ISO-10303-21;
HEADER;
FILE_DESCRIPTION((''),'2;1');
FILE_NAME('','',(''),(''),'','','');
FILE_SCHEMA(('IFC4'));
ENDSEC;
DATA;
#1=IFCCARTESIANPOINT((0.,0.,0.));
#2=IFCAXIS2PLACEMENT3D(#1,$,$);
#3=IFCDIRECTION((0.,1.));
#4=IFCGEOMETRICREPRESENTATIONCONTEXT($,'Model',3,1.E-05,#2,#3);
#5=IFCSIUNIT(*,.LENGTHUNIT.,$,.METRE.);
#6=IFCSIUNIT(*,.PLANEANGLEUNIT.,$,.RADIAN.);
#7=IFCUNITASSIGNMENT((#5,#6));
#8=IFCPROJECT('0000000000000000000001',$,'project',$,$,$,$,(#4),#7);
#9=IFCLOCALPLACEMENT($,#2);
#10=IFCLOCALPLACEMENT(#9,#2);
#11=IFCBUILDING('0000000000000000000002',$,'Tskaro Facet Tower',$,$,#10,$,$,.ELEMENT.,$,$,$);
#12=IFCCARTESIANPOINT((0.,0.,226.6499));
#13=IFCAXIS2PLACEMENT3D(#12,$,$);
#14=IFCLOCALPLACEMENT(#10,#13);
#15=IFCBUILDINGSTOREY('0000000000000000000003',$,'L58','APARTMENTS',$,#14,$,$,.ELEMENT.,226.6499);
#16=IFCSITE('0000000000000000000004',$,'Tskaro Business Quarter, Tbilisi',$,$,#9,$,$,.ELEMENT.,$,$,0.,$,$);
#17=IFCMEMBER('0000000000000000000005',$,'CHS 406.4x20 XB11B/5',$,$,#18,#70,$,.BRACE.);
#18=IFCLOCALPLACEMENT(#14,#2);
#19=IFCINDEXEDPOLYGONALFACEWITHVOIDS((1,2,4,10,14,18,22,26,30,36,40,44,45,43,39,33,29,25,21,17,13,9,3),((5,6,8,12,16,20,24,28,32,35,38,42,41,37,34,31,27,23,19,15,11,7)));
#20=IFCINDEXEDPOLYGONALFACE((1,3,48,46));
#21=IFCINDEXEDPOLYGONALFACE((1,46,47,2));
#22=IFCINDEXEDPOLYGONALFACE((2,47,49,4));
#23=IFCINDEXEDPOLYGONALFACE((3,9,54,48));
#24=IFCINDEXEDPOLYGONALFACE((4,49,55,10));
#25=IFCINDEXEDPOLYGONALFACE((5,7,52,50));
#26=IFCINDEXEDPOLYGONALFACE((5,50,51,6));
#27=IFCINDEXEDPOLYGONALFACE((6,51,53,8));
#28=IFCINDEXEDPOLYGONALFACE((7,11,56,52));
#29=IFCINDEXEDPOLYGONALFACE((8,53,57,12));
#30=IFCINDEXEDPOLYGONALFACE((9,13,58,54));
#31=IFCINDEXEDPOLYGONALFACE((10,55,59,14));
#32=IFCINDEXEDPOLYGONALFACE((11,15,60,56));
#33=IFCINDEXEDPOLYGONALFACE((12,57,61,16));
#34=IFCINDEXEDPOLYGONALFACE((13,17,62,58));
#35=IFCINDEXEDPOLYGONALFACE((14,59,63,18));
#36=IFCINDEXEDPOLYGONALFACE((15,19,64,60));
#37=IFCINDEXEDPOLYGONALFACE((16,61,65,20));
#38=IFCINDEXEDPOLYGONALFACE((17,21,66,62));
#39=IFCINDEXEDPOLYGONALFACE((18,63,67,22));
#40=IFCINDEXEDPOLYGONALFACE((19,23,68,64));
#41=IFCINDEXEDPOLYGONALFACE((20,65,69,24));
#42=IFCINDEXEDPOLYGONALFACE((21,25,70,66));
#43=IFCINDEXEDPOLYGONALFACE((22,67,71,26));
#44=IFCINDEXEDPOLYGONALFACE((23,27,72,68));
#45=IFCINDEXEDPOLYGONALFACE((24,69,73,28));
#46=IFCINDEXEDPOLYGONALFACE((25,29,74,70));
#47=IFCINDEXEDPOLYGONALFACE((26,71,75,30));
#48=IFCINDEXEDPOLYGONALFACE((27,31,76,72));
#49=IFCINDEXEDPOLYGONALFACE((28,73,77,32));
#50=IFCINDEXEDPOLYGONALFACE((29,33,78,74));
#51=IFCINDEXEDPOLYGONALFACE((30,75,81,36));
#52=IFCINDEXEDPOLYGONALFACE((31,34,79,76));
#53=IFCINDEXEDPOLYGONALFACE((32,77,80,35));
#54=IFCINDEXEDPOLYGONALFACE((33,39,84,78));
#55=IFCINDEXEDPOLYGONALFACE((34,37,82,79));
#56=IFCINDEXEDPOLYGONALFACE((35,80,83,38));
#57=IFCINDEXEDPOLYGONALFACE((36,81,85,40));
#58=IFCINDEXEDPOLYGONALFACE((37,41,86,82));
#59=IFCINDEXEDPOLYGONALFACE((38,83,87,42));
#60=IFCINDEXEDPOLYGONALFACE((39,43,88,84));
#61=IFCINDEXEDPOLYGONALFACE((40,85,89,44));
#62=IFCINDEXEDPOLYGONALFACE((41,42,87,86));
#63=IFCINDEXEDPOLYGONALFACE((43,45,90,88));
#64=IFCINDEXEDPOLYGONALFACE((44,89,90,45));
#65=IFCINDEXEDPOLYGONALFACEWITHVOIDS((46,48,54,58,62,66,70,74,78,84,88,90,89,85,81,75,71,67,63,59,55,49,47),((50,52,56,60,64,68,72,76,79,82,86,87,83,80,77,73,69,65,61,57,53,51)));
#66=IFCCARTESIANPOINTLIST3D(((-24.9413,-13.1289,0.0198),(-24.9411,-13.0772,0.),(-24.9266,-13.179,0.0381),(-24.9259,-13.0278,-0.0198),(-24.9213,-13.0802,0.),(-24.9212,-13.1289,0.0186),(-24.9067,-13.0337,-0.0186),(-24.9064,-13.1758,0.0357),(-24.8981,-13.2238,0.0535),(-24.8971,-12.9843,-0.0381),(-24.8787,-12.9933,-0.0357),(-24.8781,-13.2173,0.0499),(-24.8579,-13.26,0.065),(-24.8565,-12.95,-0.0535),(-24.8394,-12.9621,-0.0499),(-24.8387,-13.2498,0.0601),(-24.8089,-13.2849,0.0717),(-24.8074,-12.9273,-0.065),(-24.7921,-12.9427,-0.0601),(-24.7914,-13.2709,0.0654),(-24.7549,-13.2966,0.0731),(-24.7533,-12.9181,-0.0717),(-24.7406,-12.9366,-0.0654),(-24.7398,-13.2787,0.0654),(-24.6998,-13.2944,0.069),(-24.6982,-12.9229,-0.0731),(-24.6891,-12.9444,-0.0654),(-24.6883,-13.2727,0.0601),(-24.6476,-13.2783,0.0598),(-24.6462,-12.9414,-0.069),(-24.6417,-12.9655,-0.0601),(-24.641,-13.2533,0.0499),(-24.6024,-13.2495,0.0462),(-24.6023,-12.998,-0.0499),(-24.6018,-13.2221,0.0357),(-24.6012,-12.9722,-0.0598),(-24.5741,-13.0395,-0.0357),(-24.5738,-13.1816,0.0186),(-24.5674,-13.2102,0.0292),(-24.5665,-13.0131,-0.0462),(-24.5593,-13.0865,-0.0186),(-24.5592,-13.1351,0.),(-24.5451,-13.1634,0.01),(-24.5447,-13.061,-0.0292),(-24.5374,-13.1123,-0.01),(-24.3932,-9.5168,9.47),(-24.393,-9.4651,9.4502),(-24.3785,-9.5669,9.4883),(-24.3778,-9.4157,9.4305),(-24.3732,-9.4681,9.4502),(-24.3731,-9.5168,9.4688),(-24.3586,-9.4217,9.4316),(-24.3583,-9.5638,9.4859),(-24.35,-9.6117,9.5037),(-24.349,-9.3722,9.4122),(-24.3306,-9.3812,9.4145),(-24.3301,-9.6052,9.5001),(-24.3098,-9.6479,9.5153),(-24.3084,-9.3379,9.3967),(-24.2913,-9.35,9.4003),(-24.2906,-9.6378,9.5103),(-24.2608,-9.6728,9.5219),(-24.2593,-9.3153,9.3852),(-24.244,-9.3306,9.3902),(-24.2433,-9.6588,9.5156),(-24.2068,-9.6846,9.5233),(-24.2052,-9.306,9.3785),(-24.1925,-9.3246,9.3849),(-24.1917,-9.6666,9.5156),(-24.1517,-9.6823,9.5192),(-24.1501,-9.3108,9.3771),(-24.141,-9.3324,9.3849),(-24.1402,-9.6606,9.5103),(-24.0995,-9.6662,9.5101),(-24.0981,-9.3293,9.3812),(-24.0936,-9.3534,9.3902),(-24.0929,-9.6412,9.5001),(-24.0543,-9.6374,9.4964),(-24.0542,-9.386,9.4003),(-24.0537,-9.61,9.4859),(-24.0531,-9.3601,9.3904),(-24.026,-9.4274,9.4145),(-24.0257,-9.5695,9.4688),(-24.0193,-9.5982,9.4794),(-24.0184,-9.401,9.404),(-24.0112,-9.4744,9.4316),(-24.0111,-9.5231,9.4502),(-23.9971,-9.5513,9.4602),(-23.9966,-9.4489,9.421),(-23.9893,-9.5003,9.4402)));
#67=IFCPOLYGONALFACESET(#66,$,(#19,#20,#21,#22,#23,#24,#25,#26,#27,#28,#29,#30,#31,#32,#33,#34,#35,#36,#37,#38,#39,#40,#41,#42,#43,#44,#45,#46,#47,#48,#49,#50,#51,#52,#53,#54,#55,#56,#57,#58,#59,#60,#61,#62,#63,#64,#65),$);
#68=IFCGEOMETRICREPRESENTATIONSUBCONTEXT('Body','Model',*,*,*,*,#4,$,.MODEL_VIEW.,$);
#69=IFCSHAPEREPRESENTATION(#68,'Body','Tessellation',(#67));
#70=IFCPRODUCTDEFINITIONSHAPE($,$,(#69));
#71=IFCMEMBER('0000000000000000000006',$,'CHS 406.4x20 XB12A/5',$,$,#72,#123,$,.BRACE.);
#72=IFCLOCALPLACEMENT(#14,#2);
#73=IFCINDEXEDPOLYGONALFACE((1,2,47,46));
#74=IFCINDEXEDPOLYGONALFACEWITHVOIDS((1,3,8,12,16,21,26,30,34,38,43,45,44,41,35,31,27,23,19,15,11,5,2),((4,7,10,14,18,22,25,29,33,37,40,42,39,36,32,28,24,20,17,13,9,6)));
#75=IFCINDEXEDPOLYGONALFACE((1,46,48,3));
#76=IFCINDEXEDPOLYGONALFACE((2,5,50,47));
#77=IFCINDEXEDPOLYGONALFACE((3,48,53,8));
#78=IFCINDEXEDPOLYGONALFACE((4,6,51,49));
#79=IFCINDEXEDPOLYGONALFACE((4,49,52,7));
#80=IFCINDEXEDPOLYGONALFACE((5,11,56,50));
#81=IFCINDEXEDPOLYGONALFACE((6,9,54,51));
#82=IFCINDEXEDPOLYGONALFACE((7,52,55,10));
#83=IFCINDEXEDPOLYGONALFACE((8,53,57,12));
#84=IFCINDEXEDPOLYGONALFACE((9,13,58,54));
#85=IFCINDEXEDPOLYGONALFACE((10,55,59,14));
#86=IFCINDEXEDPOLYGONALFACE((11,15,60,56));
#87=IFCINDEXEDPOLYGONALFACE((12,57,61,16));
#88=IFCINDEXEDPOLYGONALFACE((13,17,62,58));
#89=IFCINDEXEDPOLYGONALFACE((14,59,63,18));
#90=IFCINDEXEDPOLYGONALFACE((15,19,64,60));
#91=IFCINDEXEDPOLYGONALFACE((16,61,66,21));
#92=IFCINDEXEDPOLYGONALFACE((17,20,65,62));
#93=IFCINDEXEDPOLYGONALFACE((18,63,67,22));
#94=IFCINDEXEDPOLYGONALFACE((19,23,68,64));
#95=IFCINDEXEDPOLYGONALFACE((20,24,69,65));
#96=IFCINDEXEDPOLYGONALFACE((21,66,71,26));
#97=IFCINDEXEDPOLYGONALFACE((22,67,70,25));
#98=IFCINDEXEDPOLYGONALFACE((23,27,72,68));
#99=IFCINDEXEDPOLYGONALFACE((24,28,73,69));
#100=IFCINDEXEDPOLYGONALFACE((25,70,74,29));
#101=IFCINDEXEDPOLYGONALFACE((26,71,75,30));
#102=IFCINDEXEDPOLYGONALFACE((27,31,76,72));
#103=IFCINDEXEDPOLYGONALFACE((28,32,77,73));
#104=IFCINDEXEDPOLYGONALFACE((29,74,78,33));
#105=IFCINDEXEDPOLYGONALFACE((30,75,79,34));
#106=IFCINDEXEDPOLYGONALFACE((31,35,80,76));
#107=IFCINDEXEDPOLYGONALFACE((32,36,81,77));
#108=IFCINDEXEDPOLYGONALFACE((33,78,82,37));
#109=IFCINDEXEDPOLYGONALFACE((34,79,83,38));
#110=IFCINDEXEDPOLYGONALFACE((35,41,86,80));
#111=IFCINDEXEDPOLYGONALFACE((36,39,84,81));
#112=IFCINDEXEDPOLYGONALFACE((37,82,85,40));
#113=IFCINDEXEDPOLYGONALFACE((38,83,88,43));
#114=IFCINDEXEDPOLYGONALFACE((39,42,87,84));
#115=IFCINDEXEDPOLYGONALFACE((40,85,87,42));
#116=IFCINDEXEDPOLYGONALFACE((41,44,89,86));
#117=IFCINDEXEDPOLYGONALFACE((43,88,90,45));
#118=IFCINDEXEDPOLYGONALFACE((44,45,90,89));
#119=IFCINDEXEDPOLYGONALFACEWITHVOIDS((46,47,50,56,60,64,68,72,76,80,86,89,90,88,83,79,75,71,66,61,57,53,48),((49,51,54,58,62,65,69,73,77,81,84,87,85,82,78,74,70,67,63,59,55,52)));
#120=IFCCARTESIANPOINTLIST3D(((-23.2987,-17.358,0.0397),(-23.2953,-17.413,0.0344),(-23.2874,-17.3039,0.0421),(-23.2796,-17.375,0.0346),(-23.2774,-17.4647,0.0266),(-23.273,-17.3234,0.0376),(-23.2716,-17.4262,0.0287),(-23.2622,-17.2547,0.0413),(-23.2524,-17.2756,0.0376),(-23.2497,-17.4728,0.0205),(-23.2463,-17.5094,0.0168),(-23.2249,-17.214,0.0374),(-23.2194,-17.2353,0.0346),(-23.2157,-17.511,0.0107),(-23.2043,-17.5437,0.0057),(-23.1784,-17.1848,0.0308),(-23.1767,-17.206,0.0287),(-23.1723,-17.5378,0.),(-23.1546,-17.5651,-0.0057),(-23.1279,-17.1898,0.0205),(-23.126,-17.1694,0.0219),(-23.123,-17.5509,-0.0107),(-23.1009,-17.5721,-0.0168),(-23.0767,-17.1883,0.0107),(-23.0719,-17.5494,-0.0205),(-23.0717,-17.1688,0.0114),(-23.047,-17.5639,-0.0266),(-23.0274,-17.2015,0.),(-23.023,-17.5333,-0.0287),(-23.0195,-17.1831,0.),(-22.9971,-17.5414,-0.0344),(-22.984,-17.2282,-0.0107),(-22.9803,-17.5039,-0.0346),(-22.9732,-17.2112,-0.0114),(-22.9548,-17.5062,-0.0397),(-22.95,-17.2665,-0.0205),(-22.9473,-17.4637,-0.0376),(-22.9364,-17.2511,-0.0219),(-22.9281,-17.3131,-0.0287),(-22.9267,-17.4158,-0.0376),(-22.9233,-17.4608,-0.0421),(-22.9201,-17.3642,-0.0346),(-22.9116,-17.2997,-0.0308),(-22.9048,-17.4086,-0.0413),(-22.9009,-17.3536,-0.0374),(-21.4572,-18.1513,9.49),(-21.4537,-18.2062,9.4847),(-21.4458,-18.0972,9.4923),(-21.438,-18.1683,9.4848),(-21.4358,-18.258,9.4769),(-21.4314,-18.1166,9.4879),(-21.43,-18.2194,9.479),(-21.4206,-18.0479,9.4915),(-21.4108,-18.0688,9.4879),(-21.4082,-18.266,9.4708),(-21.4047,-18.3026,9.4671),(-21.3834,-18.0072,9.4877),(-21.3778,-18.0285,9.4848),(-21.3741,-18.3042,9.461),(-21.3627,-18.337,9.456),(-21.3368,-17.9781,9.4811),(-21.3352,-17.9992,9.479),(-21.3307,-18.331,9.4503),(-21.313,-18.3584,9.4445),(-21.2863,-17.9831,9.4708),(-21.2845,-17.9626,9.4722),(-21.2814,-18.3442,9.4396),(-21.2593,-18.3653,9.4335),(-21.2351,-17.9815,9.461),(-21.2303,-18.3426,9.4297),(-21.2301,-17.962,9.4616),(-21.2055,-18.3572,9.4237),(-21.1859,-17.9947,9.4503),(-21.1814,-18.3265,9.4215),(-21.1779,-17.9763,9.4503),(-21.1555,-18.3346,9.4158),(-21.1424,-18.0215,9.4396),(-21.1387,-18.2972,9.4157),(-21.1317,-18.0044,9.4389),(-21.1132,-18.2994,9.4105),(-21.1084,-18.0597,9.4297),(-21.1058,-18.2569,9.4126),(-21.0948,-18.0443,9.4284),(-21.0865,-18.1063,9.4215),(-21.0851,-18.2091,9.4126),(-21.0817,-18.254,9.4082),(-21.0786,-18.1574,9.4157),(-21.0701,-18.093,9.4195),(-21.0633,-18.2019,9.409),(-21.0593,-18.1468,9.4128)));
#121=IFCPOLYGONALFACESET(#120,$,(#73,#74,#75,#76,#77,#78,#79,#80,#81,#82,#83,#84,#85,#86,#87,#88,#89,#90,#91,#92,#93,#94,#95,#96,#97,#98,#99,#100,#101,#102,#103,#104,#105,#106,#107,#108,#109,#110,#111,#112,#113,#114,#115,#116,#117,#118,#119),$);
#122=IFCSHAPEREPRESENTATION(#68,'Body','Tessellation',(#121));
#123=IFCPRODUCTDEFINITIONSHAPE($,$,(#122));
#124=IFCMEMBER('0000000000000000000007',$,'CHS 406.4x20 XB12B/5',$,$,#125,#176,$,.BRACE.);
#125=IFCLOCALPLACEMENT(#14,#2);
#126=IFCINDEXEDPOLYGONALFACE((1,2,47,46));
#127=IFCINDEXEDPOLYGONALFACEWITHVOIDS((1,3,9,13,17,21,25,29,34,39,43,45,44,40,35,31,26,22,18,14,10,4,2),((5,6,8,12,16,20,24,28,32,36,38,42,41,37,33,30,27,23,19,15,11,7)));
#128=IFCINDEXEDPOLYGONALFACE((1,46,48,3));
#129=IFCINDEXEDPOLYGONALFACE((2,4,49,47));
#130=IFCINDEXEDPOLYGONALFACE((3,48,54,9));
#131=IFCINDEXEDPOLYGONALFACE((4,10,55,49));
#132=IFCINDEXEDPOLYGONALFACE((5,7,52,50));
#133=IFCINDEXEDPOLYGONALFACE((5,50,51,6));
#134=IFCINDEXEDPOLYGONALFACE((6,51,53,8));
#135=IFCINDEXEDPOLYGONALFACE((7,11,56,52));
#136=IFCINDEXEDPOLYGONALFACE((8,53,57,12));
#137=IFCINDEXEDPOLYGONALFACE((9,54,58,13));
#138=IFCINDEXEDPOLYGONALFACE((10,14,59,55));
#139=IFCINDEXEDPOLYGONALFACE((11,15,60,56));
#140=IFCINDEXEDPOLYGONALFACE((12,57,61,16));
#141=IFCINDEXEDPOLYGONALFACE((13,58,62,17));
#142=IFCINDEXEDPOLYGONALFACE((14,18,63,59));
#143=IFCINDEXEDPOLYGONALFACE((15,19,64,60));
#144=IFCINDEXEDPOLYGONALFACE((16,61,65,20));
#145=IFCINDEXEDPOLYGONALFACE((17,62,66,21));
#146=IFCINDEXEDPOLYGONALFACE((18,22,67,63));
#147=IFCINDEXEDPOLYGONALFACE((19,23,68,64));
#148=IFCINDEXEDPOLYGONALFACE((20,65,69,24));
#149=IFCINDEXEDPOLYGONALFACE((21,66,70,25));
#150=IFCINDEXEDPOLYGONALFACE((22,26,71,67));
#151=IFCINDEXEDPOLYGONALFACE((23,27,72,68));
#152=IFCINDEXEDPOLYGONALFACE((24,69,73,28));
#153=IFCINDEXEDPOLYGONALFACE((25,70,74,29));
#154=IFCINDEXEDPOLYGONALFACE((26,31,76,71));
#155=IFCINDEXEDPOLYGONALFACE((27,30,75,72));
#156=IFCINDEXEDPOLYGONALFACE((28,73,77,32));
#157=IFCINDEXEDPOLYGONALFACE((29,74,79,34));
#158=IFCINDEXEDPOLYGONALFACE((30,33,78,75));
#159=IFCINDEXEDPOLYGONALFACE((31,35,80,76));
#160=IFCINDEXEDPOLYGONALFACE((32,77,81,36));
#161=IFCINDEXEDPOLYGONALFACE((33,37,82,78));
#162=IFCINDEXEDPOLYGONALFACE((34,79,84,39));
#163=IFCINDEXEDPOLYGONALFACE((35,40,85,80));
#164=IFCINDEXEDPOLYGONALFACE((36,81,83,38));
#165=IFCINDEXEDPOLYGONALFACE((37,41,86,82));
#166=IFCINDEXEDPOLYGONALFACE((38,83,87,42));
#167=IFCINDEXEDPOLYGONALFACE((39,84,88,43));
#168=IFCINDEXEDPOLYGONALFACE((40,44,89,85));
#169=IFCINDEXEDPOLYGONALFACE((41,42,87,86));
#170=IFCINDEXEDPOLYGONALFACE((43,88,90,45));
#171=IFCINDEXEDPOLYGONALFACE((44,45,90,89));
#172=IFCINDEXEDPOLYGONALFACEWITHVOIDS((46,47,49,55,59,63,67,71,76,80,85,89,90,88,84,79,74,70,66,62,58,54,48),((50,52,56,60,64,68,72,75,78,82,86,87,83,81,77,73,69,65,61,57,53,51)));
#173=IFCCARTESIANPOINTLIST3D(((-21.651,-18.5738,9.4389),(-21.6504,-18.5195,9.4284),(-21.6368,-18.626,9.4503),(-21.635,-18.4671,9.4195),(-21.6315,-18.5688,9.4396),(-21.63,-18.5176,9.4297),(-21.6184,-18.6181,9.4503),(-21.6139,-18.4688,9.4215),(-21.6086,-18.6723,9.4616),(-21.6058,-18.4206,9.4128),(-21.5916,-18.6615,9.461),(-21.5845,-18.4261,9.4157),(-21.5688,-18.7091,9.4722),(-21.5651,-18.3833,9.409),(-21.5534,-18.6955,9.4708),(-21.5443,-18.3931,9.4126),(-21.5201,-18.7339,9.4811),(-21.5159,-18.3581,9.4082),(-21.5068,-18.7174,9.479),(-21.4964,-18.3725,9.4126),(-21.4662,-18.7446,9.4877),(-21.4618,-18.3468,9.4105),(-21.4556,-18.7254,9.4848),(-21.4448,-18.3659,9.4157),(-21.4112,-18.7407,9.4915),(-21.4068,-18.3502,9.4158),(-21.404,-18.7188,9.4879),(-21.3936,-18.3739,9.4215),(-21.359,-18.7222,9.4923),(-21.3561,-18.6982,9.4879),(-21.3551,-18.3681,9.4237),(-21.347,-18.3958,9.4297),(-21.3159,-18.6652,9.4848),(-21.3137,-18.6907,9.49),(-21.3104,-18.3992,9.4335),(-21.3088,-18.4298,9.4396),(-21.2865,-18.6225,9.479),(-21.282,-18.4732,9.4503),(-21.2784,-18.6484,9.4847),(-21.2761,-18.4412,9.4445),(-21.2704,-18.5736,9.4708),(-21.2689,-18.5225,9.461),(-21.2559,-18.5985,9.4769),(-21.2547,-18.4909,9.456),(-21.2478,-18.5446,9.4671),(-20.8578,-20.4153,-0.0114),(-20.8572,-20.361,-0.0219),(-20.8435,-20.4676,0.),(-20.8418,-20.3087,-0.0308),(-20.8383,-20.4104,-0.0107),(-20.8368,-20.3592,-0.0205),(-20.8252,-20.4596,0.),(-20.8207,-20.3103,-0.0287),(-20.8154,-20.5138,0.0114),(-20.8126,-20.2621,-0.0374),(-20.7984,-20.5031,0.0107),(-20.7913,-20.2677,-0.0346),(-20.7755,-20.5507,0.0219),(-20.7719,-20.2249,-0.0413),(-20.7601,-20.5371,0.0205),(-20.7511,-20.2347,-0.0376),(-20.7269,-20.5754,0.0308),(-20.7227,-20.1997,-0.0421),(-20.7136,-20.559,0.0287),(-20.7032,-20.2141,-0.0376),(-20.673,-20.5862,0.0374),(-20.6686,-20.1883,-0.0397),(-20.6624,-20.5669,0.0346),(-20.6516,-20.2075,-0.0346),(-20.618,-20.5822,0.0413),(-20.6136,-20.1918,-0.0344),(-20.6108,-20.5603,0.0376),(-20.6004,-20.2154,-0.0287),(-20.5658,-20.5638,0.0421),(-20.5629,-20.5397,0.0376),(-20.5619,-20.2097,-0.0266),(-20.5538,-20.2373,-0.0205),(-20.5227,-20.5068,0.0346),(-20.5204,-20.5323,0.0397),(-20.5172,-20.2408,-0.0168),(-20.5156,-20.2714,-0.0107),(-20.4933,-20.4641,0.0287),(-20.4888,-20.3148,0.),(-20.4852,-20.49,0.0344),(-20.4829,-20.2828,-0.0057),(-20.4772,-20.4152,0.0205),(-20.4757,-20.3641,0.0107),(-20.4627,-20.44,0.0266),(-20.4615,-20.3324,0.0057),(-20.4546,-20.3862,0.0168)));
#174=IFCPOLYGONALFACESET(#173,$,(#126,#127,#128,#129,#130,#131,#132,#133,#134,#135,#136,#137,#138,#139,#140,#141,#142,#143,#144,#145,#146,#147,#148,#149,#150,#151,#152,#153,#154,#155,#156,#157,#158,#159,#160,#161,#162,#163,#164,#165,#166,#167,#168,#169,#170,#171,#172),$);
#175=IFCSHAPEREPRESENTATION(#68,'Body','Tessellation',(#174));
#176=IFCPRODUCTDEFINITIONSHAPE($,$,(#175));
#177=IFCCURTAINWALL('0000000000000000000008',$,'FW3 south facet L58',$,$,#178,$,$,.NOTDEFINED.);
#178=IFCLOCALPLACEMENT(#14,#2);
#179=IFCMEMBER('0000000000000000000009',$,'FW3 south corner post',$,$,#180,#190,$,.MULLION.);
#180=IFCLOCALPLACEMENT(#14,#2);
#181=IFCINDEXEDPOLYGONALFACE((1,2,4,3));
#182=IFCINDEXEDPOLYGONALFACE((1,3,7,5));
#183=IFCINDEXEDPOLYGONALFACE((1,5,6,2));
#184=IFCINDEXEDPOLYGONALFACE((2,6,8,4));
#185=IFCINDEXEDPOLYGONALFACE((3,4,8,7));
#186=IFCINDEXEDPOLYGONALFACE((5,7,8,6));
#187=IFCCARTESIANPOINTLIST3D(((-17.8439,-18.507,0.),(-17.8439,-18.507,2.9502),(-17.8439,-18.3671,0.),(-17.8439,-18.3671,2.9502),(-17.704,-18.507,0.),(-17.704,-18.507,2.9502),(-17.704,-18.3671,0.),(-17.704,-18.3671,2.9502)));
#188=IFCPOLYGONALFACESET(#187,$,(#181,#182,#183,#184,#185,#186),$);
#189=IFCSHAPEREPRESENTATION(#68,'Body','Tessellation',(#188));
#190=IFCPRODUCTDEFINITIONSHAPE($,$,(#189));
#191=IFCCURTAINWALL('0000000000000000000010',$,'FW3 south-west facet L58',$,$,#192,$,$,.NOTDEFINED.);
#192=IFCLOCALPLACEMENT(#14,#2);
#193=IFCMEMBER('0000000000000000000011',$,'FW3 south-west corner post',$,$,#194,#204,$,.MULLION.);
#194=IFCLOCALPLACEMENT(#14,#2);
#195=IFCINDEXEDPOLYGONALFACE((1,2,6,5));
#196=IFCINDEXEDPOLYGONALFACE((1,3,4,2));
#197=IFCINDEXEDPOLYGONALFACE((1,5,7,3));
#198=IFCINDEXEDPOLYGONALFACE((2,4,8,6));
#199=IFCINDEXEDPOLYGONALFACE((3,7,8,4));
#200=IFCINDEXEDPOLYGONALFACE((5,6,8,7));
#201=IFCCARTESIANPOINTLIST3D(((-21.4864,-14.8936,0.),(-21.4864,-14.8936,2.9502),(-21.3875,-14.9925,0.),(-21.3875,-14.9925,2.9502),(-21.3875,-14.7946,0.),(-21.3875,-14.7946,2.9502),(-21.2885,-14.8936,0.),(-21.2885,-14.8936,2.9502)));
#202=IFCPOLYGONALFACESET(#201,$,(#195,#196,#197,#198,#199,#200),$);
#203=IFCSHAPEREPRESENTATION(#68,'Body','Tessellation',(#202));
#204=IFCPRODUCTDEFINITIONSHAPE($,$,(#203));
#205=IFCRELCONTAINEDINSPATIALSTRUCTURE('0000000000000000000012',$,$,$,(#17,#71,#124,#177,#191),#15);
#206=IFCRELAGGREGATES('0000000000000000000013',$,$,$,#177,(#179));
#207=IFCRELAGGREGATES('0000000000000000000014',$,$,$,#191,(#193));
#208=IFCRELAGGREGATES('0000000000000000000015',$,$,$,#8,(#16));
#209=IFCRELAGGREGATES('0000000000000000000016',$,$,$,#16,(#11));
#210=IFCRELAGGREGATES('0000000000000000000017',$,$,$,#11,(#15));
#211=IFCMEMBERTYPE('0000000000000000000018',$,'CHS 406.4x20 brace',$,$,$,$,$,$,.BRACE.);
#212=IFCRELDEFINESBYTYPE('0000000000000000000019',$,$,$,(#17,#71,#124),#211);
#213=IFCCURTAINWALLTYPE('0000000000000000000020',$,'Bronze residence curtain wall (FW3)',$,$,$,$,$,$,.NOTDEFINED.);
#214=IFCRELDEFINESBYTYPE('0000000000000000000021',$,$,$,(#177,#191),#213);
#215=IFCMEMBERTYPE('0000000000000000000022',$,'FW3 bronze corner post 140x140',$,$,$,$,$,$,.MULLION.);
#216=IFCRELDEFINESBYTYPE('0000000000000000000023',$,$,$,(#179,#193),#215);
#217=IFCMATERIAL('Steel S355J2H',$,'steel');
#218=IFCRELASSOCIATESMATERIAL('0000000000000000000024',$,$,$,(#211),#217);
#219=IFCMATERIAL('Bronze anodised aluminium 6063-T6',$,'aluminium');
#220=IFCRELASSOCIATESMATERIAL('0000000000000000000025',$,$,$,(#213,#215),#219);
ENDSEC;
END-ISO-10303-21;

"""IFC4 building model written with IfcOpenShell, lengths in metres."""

from ifc_helpers import new_model, si_unit, direction, frame, origin, origin_2d, place, context, subcontext, project, spatial, rectangle, hollow_circle, extrude, material, material_profile, profile_set, type_object, element, aggregate, save


model = new_model("IFC4")

# Units and contexts
model_context = context("Model", 3, precision=1e-05, world=origin(), true_north=direction((0.0, 1.0)))
body_context = subcontext(model_context, "Body", "Model", "MODEL_VIEW")
ifc_project = project(units=[si_unit("LENGTHUNIT", "METRE"), si_unit("PLANEANGLEUNIT", "RADIAN")], contexts=[model_context])

# Site, building, storey
site_placement = place(None, origin())
site = spatial("IfcSite", under=ifc_project, at=site_placement, Name="Tskaro Business Quarter, Tbilisi", CompositionType="ELEMENT", RefElevation=0.0)
building_placement = place(site_placement, origin())
building = spatial("IfcBuilding", under=site, at=building_placement, Name="Tskaro Facet Tower", CompositionType="ELEMENT")
storey_placement = place(building_placement, frame((0.0, 0.0, 226.6499)))
storey = spatial("IfcBuildingStorey", under=building, at=storey_placement, Name="L58", Description="APARTMENTS", CompositionType="ELEMENT", Elevation=226.6499)

# Shared definitions
ifc_material_1 = material(Name="Steel S355J2H", Category="steel")

# Members
ifc_material_profile_1 = material_profile(ifc_material_1, hollow_circle(Radius=0.2031, WallThickness=0.02, at=origin_2d()), Name="CHS 406.4x20")
ifc_profile_set_1 = profile_set([ifc_material_profile_1], Name="Steel S355J2H")
member_type_1 = type_object("IfcMemberType", Name="CHS 406.4x20 brace", PredefinedType="BRACE", material=ifc_profile_set_1)
member_1_placement = place(storey_placement, frame((-24.7402, -13.1077, 0.0), z_axis=(0.054097, 0.356507, 0.932725), x_axis=(-0.988682, 0.150023, 0.0)))
element("IfcMember", 1, at=member_1_placement, inside=storey, type_object=member_type_1, Name="CHS 406.4x20 XB11B/5", PredefinedType="BRACE", context=body_context, shape_type="SweptSolid", body=[
    extrude(hollow_circle(Radius=0.2031, WallThickness=0.02, at=origin_2d()), origin(), (0.0, 0.0, 1.0), 10.1318),
])
for number, where, z_axis, x_axis, name in (
    (2, (-23.0999, -17.3696, 0.0), (0.190626, -0.082108, 0.978223), (0.395594, 0.918426, 0.0), "CHS 406.4x20 XB12A/5"),
    (3, (-20.657, -20.3872, 0.0), (-0.082108, 0.190626, 0.978223), (-0.918426, -0.395594, 0.0), "CHS 406.4x20 XB12B/5"),
):
    element("IfcMember", number, at=place(storey_placement, frame(where, z_axis=z_axis, x_axis=x_axis)), inside=storey, type_object=member_type_1, Name=name, PredefinedType="BRACE", context=body_context, shape_type="SweptSolid", body=[
        extrude(hollow_circle(Radius=0.2031, WallThickness=0.02, at=origin_2d()), origin(), (0.0, 0.0, 1.0), 9.6606),
    ])

# Curtain walls, members
ifc_material_2 = material(Name="Bronze anodised aluminium 6063-T6", Category="aluminium")
curtain_wall_type = type_object("IfcCurtainWallType", Name="Bronze residence curtain wall (FW3)", PredefinedType="NOTDEFINED", material=ifc_material_2)
curtain_wall_1_placement = place(storey_placement, origin())
curtain_wall_1 = element("IfcCurtainWall", 4, at=curtain_wall_1_placement, inside=storey, type_object=curtain_wall_type, Name="FW3 south facet L58", PredefinedType="NOTDEFINED")
ifc_material_profile_2 = material_profile(ifc_material_2, rectangle(XDim=0.1399, YDim=0.1399, at=origin_2d()), Name="Corner post 140x140")
ifc_profile_set_2 = profile_set([ifc_material_profile_2], Name="Bronze anodised aluminium 6063-T6")
member_type_2 = type_object("IfcMemberType", Name="FW3 bronze corner post 140x140", PredefinedType="MULLION", material=ifc_profile_set_2)
member_2_placement = place(storey_placement, frame((-17.7739, -18.437, 0.0), z_axis=(0.0, 0.0, 1.0), x_axis=(1.0, 0.0, 0.0)))
member_2 = element("IfcMember", 5, at=member_2_placement, type_object=member_type_2, Name="FW3 south corner post", PredefinedType="MULLION", context=body_context, shape_type="SweptSolid", body=[
    extrude(rectangle(XDim=0.1399, YDim=0.1399, at=origin_2d()), origin(), (0.0, 0.0, 1.0), 2.9502),
])
curtain_wall_2_placement = place(storey_placement, origin())
curtain_wall_2 = element("IfcCurtainWall", 6, at=curtain_wall_2_placement, inside=storey, type_object=curtain_wall_type, Name="FW3 south-west facet L58", PredefinedType="NOTDEFINED")
member_3_placement = place(storey_placement, frame((-21.3875, -14.8936, 0.0), z_axis=(0.0, 0.0, 1.0), x_axis=(0.707107, -0.707107, 0.0)))
member_3 = element("IfcMember", 7, at=member_3_placement, type_object=member_type_2, Name="FW3 south-west corner post", PredefinedType="MULLION", context=body_context, shape_type="SweptSolid", body=[
    extrude(rectangle(XDim=0.1399, YDim=0.1399, at=origin_2d()), origin(), (0.0, 0.0, 1.0), 2.9502),
])

aggregate(curtain_wall_1, [member_2])

aggregate(curtain_wall_2, [member_3])

save(model, "model.ifc")
